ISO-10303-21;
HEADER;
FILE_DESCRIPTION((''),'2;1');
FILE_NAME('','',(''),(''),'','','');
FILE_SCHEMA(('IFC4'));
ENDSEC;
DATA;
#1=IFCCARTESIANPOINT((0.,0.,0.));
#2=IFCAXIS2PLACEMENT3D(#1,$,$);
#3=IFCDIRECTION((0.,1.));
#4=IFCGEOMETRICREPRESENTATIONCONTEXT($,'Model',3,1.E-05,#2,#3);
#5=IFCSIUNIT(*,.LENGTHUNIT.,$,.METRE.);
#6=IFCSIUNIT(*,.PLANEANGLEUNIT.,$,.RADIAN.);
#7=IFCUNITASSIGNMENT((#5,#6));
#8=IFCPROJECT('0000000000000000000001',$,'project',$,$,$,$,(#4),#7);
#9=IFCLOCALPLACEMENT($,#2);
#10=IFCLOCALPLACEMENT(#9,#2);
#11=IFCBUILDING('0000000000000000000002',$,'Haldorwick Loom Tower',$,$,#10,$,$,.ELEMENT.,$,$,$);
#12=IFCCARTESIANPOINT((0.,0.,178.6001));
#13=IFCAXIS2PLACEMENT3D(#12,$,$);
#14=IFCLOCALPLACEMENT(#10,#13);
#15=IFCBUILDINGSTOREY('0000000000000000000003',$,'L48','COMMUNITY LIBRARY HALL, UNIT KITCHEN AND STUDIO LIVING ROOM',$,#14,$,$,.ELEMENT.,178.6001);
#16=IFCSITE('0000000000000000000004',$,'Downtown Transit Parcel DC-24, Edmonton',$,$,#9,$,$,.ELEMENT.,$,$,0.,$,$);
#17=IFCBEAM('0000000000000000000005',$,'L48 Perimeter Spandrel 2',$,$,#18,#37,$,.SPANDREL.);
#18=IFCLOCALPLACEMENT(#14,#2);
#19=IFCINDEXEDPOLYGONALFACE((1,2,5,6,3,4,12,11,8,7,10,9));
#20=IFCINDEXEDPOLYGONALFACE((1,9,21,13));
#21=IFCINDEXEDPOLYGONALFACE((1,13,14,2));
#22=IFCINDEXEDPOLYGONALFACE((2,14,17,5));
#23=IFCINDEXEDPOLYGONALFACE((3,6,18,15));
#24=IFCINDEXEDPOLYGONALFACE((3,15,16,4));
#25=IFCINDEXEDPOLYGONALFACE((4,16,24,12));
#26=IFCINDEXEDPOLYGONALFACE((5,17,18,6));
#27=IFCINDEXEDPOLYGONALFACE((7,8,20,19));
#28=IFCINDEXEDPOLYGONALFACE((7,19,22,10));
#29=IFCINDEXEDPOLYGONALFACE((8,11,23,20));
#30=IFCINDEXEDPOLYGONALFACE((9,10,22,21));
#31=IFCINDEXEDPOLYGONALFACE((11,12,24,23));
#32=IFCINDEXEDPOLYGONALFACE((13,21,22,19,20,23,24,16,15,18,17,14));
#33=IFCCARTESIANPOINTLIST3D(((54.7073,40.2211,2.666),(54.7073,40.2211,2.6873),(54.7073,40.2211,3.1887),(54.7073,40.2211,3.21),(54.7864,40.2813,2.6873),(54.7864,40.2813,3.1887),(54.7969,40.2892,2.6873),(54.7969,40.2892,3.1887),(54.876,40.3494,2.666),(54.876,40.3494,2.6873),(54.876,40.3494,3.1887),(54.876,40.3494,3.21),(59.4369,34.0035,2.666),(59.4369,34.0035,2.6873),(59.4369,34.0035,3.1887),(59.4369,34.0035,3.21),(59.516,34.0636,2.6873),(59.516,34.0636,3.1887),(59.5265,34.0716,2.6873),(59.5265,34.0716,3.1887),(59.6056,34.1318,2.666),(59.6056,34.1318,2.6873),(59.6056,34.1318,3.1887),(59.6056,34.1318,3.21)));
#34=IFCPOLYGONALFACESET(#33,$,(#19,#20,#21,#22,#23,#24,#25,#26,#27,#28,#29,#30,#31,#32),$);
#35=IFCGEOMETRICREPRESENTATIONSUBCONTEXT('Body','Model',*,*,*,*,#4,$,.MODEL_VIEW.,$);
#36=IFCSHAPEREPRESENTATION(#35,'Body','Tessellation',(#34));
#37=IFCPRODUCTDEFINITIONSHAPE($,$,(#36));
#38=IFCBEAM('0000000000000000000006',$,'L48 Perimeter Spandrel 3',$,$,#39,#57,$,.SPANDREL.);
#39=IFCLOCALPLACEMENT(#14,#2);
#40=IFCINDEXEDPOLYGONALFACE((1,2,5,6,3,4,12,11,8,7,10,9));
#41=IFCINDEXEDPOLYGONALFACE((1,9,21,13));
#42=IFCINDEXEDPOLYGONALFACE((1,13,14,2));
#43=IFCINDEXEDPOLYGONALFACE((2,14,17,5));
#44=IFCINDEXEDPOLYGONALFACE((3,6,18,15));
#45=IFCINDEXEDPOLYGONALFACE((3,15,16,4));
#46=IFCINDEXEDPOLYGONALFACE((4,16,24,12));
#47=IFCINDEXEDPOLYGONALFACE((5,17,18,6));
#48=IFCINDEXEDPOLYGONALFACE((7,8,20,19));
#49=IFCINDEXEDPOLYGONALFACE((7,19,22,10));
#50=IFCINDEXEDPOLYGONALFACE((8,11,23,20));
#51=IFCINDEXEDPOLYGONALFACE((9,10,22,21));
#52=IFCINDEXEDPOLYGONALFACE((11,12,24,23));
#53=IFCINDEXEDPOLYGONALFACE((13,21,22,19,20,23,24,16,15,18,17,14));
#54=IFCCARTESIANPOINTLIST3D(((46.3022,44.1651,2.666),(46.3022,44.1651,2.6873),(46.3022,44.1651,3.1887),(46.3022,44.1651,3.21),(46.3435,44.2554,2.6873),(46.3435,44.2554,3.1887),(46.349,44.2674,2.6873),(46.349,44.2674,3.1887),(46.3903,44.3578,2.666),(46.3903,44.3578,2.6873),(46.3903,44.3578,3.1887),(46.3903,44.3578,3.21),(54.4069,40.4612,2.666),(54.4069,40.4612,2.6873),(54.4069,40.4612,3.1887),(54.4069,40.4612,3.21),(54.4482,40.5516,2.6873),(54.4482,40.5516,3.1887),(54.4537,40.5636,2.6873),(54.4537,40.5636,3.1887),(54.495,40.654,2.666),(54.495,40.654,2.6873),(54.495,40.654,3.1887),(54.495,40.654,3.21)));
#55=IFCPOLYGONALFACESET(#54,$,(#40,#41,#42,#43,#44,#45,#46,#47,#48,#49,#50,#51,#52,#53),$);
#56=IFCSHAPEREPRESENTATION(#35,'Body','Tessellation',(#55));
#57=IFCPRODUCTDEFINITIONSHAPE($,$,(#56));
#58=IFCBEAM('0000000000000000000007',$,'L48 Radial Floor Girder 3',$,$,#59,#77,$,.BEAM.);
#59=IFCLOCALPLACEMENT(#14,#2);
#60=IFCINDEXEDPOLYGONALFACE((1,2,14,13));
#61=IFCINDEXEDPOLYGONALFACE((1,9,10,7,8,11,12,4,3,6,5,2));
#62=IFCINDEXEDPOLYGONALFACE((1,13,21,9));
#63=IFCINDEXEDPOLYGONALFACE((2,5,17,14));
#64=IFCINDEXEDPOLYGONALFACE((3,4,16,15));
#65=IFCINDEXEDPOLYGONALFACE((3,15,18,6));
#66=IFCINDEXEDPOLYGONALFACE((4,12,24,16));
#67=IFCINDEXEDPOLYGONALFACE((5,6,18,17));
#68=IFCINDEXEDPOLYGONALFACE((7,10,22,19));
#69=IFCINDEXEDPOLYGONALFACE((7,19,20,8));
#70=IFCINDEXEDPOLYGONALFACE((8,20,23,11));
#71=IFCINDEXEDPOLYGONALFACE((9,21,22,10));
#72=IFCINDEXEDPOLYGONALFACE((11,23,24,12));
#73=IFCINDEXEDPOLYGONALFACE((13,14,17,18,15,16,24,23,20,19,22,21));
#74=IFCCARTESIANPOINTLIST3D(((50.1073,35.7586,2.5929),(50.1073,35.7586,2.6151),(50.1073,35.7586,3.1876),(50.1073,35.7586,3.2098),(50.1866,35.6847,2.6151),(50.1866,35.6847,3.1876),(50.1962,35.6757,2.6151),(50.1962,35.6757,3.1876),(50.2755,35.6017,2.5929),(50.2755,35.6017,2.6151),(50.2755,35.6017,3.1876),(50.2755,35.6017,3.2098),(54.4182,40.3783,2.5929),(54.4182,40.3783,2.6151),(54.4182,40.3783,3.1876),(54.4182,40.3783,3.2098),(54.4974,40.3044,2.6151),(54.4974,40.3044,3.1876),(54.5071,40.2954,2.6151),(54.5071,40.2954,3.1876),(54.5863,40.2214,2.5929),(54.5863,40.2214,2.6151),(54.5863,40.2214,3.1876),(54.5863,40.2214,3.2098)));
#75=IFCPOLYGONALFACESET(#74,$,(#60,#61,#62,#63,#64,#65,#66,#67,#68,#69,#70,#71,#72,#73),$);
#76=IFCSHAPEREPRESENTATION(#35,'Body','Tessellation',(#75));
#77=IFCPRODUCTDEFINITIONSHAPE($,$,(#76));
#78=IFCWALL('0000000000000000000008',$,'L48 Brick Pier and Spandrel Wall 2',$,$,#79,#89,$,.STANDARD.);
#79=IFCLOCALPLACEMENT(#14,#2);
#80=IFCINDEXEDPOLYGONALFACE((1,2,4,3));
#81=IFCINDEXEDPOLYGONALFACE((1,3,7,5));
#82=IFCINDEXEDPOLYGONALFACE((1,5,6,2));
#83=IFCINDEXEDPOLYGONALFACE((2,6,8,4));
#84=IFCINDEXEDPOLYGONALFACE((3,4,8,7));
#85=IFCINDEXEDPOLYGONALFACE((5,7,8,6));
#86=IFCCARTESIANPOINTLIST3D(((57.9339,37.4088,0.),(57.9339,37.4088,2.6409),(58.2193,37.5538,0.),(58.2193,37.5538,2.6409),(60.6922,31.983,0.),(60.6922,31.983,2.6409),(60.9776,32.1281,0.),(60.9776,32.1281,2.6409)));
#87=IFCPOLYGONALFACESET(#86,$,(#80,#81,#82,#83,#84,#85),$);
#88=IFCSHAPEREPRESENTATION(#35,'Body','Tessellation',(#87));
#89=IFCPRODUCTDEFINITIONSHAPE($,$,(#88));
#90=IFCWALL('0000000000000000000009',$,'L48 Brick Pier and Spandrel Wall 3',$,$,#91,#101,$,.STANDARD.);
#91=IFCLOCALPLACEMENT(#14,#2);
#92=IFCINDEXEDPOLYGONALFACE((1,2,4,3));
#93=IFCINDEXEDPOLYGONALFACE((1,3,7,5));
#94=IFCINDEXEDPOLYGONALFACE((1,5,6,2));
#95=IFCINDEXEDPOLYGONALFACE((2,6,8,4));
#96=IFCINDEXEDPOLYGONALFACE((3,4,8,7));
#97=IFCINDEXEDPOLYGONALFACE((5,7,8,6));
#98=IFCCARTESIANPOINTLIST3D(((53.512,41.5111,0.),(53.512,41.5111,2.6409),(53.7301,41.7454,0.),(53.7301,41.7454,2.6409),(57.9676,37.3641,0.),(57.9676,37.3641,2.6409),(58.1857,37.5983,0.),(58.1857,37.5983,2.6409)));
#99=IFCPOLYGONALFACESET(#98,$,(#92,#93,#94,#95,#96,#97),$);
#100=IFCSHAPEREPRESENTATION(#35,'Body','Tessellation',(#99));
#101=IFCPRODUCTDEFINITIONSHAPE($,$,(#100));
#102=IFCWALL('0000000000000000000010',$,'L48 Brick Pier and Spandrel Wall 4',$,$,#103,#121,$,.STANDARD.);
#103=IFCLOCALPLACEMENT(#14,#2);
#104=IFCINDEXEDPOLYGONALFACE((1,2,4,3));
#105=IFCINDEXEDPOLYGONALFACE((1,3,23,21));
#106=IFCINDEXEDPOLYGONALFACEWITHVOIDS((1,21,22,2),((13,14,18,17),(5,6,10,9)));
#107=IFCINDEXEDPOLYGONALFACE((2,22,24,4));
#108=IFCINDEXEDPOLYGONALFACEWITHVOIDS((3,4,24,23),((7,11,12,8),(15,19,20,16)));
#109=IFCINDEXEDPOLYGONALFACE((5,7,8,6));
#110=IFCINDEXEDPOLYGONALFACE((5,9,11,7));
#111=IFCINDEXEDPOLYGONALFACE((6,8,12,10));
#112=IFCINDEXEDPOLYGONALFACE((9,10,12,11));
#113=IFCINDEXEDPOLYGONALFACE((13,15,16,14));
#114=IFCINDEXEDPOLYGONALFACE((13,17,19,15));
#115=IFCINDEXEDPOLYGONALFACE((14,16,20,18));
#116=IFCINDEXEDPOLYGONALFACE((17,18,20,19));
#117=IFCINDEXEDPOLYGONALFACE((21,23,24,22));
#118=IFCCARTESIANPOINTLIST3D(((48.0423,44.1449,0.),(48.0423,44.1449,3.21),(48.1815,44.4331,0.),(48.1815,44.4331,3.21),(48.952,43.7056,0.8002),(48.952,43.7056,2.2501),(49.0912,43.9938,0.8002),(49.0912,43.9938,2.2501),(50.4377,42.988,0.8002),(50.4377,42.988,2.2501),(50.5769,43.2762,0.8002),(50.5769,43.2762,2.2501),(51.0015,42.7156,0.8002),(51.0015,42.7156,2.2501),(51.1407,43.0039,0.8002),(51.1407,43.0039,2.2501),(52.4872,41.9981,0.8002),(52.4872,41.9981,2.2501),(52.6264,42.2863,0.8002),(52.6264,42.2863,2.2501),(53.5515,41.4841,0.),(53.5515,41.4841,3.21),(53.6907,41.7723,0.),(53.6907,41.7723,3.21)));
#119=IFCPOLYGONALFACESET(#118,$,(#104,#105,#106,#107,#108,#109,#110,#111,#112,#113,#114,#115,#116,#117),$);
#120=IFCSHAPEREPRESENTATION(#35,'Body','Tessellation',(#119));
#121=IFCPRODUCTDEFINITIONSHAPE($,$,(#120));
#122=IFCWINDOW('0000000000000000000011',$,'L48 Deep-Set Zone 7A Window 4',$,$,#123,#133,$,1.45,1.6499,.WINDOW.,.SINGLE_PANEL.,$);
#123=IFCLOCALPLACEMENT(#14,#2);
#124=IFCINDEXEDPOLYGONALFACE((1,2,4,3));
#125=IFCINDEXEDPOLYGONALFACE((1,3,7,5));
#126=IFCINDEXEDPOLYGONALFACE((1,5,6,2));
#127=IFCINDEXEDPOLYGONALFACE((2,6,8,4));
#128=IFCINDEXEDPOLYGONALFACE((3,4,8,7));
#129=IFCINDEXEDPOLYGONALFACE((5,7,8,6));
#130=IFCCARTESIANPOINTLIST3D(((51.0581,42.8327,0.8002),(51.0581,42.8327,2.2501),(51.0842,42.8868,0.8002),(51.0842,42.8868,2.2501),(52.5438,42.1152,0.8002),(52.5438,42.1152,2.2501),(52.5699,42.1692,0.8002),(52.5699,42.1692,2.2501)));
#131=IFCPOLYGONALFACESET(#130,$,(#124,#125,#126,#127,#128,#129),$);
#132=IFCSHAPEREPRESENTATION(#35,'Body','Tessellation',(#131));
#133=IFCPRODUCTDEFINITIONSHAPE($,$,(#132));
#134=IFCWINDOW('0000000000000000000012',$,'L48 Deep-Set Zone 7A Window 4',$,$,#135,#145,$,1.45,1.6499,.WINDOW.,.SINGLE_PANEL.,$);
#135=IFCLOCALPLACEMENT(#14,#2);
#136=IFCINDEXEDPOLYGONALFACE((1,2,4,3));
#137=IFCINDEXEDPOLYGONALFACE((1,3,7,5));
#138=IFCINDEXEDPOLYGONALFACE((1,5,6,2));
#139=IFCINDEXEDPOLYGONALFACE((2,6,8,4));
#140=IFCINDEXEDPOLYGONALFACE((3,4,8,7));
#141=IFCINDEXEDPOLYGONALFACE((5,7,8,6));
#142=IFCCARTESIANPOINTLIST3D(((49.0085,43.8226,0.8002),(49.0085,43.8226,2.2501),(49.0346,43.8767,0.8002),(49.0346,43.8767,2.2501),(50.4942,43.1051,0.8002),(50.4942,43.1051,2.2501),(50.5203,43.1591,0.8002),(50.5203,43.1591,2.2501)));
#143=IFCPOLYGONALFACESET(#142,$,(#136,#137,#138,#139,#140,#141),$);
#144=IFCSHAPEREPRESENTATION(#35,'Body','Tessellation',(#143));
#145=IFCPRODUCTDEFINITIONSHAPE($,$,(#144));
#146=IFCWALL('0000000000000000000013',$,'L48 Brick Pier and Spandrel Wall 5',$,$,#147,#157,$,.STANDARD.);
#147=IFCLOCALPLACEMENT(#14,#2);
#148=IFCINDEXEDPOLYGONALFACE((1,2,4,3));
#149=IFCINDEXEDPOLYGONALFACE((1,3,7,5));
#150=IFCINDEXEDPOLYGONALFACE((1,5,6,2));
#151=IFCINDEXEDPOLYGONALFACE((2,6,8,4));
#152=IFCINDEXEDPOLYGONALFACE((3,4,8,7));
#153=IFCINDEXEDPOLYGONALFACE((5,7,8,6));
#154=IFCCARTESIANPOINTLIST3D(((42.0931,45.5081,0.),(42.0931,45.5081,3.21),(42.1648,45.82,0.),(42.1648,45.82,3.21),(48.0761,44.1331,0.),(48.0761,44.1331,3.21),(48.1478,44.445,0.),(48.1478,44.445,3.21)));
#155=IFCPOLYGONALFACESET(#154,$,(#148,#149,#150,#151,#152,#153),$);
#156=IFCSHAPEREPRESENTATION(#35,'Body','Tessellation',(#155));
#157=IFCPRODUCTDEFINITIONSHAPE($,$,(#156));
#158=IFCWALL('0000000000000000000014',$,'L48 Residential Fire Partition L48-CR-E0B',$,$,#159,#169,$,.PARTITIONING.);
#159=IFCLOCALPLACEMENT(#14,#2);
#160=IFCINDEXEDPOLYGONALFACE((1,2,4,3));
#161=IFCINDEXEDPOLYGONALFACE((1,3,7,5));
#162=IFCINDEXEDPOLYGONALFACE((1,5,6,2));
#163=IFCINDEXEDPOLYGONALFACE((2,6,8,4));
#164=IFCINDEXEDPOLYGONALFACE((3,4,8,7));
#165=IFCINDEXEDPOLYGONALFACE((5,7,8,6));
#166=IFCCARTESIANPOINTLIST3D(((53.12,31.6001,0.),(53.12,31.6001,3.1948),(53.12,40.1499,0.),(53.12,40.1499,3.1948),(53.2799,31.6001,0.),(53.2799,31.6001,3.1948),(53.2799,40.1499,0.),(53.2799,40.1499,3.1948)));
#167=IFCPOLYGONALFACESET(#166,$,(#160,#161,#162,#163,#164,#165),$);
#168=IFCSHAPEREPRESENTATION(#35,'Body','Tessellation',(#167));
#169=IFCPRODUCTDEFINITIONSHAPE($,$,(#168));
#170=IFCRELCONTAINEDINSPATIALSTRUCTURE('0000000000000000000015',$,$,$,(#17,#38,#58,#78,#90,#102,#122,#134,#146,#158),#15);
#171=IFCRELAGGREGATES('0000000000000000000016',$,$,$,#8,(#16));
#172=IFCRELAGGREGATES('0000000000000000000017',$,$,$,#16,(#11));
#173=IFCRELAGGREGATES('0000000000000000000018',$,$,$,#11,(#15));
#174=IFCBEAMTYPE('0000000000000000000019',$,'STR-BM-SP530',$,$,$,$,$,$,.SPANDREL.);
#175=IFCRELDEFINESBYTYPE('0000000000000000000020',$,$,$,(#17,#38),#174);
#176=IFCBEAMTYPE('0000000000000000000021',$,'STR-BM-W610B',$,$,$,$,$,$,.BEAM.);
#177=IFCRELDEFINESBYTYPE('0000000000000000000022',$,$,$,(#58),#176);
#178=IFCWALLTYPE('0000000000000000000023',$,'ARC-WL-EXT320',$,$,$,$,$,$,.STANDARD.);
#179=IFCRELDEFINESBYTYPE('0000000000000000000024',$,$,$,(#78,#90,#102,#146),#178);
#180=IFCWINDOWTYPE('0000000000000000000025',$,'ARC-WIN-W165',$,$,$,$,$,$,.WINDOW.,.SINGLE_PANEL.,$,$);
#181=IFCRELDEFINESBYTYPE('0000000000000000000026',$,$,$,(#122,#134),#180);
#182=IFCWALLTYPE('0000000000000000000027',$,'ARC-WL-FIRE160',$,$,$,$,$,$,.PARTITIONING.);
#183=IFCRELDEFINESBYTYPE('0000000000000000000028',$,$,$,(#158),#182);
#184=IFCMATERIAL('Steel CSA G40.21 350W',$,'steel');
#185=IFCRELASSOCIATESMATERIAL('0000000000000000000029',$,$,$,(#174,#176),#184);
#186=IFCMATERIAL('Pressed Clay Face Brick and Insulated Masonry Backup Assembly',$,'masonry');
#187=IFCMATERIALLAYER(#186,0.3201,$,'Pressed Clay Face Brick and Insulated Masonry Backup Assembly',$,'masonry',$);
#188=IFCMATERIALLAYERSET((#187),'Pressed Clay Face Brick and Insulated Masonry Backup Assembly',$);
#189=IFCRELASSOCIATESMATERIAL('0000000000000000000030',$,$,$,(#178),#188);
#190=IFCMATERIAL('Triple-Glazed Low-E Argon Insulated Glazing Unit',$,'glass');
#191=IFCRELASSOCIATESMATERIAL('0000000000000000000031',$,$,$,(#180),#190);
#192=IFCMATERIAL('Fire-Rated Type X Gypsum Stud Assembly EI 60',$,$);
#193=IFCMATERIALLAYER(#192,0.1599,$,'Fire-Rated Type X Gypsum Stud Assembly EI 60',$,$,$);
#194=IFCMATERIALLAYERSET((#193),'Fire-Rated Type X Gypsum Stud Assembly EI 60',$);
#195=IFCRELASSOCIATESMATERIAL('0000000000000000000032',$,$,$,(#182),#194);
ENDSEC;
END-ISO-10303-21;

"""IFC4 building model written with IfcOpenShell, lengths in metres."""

from ifc_helpers import new_model, si_unit, direction, frame, frame_2d, origin, origin_2d, place, context, subcontext, project, spatial, rectangle, i_section, extrude, material, layer, layer_set, material_profile, profile_set, type_object, element, fill, save


model = new_model("IFC4")

# Units and contexts
model_context = context("Model", 3, precision=1e-05, world=origin(), true_north=direction((0.0, 1.0)))
body_context = subcontext(model_context, "Body", "Model", "MODEL_VIEW")
ifc_project = project(units=[si_unit("LENGTHUNIT", "METRE"), si_unit("PLANEANGLEUNIT", "RADIAN")], contexts=[model_context])

# Site, building, storey
site_placement = place(None, origin())
site = spatial("IfcSite", under=ifc_project, at=site_placement, Name="Downtown Transit Parcel DC-24, Edmonton", CompositionType="ELEMENT", RefElevation=0.0)
building_placement = place(site_placement, origin())
building = spatial("IfcBuilding", under=site, at=building_placement, Name="Haldorwick Loom Tower", CompositionType="ELEMENT")
storey_placement = place(building_placement, frame((0.0, 0.0, 178.6001)))
storey = spatial("IfcBuildingStorey", under=building, at=storey_placement, Name="L48", Description="COMMUNITY LIBRARY HALL, UNIT KITCHEN AND STUDIO LIVING ROOM", CompositionType="ELEMENT", Elevation=178.6001)

# Shared definitions
ifc_material_1 = material(Name="Steel CSA G40.21 350W", Category="steel")

# Beams
ifc_material_profile_1 = material_profile(ifc_material_1, i_section(OverallWidth=0.2119, OverallDepth=0.5439, WebThickness=0.0132, FlangeThickness=0.0212, at=origin_2d()), Name="W530X123", Category="steel")
ifc_profile_set_1 = profile_set([ifc_material_profile_1], Name="Steel CSA G40.21 350W")
beam_type_1 = type_object("IfcBeamType", Name="STR-BM-SP530", PredefinedType="SPANDREL", material=ifc_profile_set_1)
beam_1_placement = place(storey_placement, frame((59.5212, 34.0676, 2.938), z_axis=(-0.605422, 0.795905, 0.0), x_axis=(-0.795905, -0.605422, 0.0)))
element("IfcBeam", 1, at=beam_1_placement, inside=storey, type_object=beam_type_1, Name="L48 Perimeter Spandrel 2", PredefinedType="SPANDREL", context=body_context, shape_type="SweptSolid", body=[
    extrude(i_section(OverallWidth=0.2119, OverallDepth=0.5439, WebThickness=0.0132, FlangeThickness=0.0212, at=origin_2d()), origin(), (0.0, 0.0, 1.0), 7.812),
])
beam_2_placement = place(storey_placement, frame((54.4509, 40.5576, 2.938), z_axis=(-0.909524, 0.415652, 0.0), x_axis=(-0.415652, -0.909524, 0.0)))
element("IfcBeam", 2, at=beam_2_placement, inside=storey, type_object=beam_type_1, Name="L48 Perimeter Spandrel 3", PredefinedType="SPANDREL", context=body_context, shape_type="SweptSolid", body=[
    extrude(i_section(OverallWidth=0.2119, OverallDepth=0.5439, WebThickness=0.0132, FlangeThickness=0.0212, at=origin_2d()), origin(), (0.0, 0.0, 1.0), 8.9109),
])
ifc_material_profile_2 = material_profile(ifc_material_1, i_section(OverallWidth=0.23, OverallDepth=0.6169, WebThickness=0.0132, FlangeThickness=0.0222, at=origin_2d()), Name="W610X140", Category="steel")
ifc_profile_set_2 = profile_set([ifc_material_profile_2], Name="Steel CSA G40.21 350W")
beam_type_2 = type_object("IfcBeamType", Name="STR-BM-W610B", PredefinedType="BEAM", material=ifc_profile_set_2)
beam_3_placement = place(storey_placement, frame((50.1914, 35.6802, 2.9014), z_axis=(0.682245, 0.731123, 0.0), x_axis=(-0.731123, 0.682245, 0.0)))
element("IfcBeam", 3, at=beam_3_placement, inside=storey, type_object=beam_type_2, Name="L48 Radial Floor Girder 3", PredefinedType="BEAM", context=body_context, shape_type="SweptSolid", body=[
    extrude(i_section(OverallWidth=0.23, OverallDepth=0.6169, WebThickness=0.0132, FlangeThickness=0.0222, at=origin_2d()), origin(), (0.0, 0.0, 1.0), 6.3186),
])

# Walls
ifc_material_2 = material(Name="Pressed Clay Face Brick and Insulated Masonry Backup Assembly", Category="masonry")
ifc_layer_1 = layer(ifc_material_2, 0.3201, Name="Pressed Clay Face Brick and Insulated Masonry Backup Assembly", Category="masonry")
ifc_layer_set_1 = layer_set([ifc_layer_1], Name="Pressed Clay Face Brick and Insulated Masonry Backup Assembly")
wall_type_1 = type_object("IfcWallType", Name="ARC-WL-EXT320", PredefinedType="STANDARD", material=ifc_layer_set_1)
wall_1_placement = place(storey_placement, frame((60.835, 32.0554, 0.0), z_axis=(0.0, 0.0, 1.0), x_axis=(-0.453172, 0.891423, 0.0)))
element("IfcWall", 4, at=wall_1_placement, inside=storey, type_object=wall_type_1, Name="L48 Brick Pier and Spandrel Wall 2", PredefinedType="STANDARD", context=body_context, shape_type="SweptSolid", body=[
    extrude(rectangle(XDim=6.0867, YDim=0.3201, at=frame_2d((3.0435, 0.0))), origin(), (0.0, 0.0, 1.0), 2.6409),
])
wall_2_placement = place(storey_placement, frame((58.0767, 37.4812, 0.0), z_axis=(0.0, 0.0, 1.0), x_axis=(-0.732002, 0.681303, 0.0)))
element("IfcWall", 5, at=wall_2_placement, inside=storey, type_object=wall_type_1, Name="L48 Brick Pier and Spandrel Wall 3", PredefinedType="STANDARD", context=body_context, shape_type="SweptSolid", body=[
    extrude(rectangle(XDim=6.0869, YDim=0.3201, at=frame_2d((3.0435, 0.0))), origin(), (0.0, 0.0, 1.0), 2.6409),
])

# Wall, openings, windows
wall_3_placement = place(storey_placement, frame((53.6211, 41.6282, 0.0), z_axis=(0.0, 0.0, 1.0), x_axis=(-0.900472, 0.434913, 0.0)))
wall_3 = element("IfcWall", 6, at=wall_3_placement, inside=storey, type_object=wall_type_1, Name="L48 Brick Pier and Spandrel Wall 4", PredefinedType="STANDARD", context=body_context, shape_type="SweptSolid", body=[
    extrude(rectangle(XDim=6.1182, YDim=0.3201, at=frame_2d((3.0591, 0.0))), origin(), (0.0, 0.0, 1.0), 3.21),
])
opening_1_placement = place(wall_3_placement, frame((1.1819, 0.0, 0.8)))
opening_1 = element("IfcOpeningElement", 7, at=opening_1_placement, cuts=wall_3, PredefinedType="OPENING", context=body_context, shape_type="SweptSolid", body=[
    extrude(rectangle(XDim=1.6499, YDim=1.45, at=frame_2d((0.825, 0.7251))), frame((0.0, 0.1699, 0.0), z_axis=(0.0, -1.0, 0.0), x_axis=(1.0, 0.0, 0.0)), (0.0, 0.0, 1.0), 0.3401),
])
opening_2_placement = place(wall_3_placement, frame((3.458, 0.0, 0.8)))
opening_2 = element("IfcOpeningElement", 8, at=opening_2_placement, cuts=wall_3, PredefinedType="OPENING", context=body_context, shape_type="SweptSolid", body=[
    extrude(rectangle(XDim=1.6499, YDim=1.45, at=frame_2d((0.825, 0.7251))), frame((0.0, 0.1699, 0.0), z_axis=(0.0, -1.0, 0.0), x_axis=(1.0, 0.0, 0.0)), (0.0, 0.0, 1.0), 0.3401),
])
ifc_material_3 = material(Name="Triple-Glazed Low-E Argon Insulated Glazing Unit", Category="glass")
window_type = type_object("IfcWindowType", Name="ARC-WIN-W165", PartitioningType="SINGLE_PANEL", PredefinedType="WINDOW", material=ifc_material_3)
window_1_placement = place(opening_1_placement, origin())
window_1 = element("IfcWindow", 9, at=window_1_placement, inside=storey, type_object=window_type, Name="L48 Deep-Set Zone 7A Window 4", OverallHeight=1.45, OverallWidth=1.6499, PartitioningType="SINGLE_PANEL", PredefinedType="WINDOW", context=body_context, shape_type="SweptSolid", body=[
    extrude(rectangle(XDim=1.6499, YDim=1.45, at=frame_2d((0.825, 0.7251))), frame((0.0, 0.03, 0.0), z_axis=(0.0, -1.0, 0.0), x_axis=(1.0, 0.0, 0.0)), (0.0, 0.0, 1.0), 0.0601),
])
fill(opening_1, window_1)
window_2_placement = place(opening_2_placement, origin())
window_2 = element("IfcWindow", 10, at=window_2_placement, inside=storey, type_object=window_type, Name="L48 Deep-Set Zone 7A Window 4", OverallHeight=1.45, OverallWidth=1.6499, PartitioningType="SINGLE_PANEL", PredefinedType="WINDOW", context=body_context, shape_type="SweptSolid", body=[
    extrude(rectangle(XDim=1.6499, YDim=1.45, at=frame_2d((0.825, 0.7251))), frame((0.0, 0.03, 0.0), z_axis=(0.0, -1.0, 0.0), x_axis=(1.0, 0.0, 0.0)), (0.0, 0.0, 1.0), 0.0601),
])
fill(opening_2, window_2)

# Walls
wall_4_placement = place(storey_placement, frame((48.1118, 44.2891, 0.0), z_axis=(0.0, 0.0, 1.0), x_axis=(-0.974593, 0.223982, 0.0)))
element("IfcWall", 11, at=wall_4_placement, inside=storey, type_object=wall_type_1, Name="L48 Brick Pier and Spandrel Wall 5", PredefinedType="STANDARD", context=body_context, shape_type="SweptSolid", body=[
    extrude(rectangle(XDim=6.1389, YDim=0.3201, at=frame_2d((3.0693, 0.0))), origin(), (0.0, 0.0, 1.0), 3.21),
])
ifc_material_4 = material(Name="Fire-Rated Type X Gypsum Stud Assembly EI 60")
ifc_layer_2 = layer(ifc_material_4, 0.1599, Name="Fire-Rated Type X Gypsum Stud Assembly EI 60")
ifc_layer_set_2 = layer_set([ifc_layer_2], Name="Fire-Rated Type X Gypsum Stud Assembly EI 60")
wall_type_2 = type_object("IfcWallType", Name="ARC-WL-FIRE160", PredefinedType="PARTITIONING", material=ifc_layer_set_2)
wall_5_placement = place(storey_placement, frame((53.2, 31.6001, 0.0), z_axis=(0.0, 0.0, 1.0), x_axis=(0.0, 1.0, 0.0)))
element("IfcWall", 12, at=wall_5_placement, inside=storey, type_object=wall_type_2, Name="L48 Residential Fire Partition L48-CR-E0B", PredefinedType="PARTITIONING", context=body_context, shape_type="SweptSolid", body=[
    extrude(rectangle(XDim=8.5498, YDim=0.1599, at=frame_2d((4.2749, 0.0))), origin(), (0.0, 0.0, 1.0), 3.1948),
])

save(model, "model.ifc")
